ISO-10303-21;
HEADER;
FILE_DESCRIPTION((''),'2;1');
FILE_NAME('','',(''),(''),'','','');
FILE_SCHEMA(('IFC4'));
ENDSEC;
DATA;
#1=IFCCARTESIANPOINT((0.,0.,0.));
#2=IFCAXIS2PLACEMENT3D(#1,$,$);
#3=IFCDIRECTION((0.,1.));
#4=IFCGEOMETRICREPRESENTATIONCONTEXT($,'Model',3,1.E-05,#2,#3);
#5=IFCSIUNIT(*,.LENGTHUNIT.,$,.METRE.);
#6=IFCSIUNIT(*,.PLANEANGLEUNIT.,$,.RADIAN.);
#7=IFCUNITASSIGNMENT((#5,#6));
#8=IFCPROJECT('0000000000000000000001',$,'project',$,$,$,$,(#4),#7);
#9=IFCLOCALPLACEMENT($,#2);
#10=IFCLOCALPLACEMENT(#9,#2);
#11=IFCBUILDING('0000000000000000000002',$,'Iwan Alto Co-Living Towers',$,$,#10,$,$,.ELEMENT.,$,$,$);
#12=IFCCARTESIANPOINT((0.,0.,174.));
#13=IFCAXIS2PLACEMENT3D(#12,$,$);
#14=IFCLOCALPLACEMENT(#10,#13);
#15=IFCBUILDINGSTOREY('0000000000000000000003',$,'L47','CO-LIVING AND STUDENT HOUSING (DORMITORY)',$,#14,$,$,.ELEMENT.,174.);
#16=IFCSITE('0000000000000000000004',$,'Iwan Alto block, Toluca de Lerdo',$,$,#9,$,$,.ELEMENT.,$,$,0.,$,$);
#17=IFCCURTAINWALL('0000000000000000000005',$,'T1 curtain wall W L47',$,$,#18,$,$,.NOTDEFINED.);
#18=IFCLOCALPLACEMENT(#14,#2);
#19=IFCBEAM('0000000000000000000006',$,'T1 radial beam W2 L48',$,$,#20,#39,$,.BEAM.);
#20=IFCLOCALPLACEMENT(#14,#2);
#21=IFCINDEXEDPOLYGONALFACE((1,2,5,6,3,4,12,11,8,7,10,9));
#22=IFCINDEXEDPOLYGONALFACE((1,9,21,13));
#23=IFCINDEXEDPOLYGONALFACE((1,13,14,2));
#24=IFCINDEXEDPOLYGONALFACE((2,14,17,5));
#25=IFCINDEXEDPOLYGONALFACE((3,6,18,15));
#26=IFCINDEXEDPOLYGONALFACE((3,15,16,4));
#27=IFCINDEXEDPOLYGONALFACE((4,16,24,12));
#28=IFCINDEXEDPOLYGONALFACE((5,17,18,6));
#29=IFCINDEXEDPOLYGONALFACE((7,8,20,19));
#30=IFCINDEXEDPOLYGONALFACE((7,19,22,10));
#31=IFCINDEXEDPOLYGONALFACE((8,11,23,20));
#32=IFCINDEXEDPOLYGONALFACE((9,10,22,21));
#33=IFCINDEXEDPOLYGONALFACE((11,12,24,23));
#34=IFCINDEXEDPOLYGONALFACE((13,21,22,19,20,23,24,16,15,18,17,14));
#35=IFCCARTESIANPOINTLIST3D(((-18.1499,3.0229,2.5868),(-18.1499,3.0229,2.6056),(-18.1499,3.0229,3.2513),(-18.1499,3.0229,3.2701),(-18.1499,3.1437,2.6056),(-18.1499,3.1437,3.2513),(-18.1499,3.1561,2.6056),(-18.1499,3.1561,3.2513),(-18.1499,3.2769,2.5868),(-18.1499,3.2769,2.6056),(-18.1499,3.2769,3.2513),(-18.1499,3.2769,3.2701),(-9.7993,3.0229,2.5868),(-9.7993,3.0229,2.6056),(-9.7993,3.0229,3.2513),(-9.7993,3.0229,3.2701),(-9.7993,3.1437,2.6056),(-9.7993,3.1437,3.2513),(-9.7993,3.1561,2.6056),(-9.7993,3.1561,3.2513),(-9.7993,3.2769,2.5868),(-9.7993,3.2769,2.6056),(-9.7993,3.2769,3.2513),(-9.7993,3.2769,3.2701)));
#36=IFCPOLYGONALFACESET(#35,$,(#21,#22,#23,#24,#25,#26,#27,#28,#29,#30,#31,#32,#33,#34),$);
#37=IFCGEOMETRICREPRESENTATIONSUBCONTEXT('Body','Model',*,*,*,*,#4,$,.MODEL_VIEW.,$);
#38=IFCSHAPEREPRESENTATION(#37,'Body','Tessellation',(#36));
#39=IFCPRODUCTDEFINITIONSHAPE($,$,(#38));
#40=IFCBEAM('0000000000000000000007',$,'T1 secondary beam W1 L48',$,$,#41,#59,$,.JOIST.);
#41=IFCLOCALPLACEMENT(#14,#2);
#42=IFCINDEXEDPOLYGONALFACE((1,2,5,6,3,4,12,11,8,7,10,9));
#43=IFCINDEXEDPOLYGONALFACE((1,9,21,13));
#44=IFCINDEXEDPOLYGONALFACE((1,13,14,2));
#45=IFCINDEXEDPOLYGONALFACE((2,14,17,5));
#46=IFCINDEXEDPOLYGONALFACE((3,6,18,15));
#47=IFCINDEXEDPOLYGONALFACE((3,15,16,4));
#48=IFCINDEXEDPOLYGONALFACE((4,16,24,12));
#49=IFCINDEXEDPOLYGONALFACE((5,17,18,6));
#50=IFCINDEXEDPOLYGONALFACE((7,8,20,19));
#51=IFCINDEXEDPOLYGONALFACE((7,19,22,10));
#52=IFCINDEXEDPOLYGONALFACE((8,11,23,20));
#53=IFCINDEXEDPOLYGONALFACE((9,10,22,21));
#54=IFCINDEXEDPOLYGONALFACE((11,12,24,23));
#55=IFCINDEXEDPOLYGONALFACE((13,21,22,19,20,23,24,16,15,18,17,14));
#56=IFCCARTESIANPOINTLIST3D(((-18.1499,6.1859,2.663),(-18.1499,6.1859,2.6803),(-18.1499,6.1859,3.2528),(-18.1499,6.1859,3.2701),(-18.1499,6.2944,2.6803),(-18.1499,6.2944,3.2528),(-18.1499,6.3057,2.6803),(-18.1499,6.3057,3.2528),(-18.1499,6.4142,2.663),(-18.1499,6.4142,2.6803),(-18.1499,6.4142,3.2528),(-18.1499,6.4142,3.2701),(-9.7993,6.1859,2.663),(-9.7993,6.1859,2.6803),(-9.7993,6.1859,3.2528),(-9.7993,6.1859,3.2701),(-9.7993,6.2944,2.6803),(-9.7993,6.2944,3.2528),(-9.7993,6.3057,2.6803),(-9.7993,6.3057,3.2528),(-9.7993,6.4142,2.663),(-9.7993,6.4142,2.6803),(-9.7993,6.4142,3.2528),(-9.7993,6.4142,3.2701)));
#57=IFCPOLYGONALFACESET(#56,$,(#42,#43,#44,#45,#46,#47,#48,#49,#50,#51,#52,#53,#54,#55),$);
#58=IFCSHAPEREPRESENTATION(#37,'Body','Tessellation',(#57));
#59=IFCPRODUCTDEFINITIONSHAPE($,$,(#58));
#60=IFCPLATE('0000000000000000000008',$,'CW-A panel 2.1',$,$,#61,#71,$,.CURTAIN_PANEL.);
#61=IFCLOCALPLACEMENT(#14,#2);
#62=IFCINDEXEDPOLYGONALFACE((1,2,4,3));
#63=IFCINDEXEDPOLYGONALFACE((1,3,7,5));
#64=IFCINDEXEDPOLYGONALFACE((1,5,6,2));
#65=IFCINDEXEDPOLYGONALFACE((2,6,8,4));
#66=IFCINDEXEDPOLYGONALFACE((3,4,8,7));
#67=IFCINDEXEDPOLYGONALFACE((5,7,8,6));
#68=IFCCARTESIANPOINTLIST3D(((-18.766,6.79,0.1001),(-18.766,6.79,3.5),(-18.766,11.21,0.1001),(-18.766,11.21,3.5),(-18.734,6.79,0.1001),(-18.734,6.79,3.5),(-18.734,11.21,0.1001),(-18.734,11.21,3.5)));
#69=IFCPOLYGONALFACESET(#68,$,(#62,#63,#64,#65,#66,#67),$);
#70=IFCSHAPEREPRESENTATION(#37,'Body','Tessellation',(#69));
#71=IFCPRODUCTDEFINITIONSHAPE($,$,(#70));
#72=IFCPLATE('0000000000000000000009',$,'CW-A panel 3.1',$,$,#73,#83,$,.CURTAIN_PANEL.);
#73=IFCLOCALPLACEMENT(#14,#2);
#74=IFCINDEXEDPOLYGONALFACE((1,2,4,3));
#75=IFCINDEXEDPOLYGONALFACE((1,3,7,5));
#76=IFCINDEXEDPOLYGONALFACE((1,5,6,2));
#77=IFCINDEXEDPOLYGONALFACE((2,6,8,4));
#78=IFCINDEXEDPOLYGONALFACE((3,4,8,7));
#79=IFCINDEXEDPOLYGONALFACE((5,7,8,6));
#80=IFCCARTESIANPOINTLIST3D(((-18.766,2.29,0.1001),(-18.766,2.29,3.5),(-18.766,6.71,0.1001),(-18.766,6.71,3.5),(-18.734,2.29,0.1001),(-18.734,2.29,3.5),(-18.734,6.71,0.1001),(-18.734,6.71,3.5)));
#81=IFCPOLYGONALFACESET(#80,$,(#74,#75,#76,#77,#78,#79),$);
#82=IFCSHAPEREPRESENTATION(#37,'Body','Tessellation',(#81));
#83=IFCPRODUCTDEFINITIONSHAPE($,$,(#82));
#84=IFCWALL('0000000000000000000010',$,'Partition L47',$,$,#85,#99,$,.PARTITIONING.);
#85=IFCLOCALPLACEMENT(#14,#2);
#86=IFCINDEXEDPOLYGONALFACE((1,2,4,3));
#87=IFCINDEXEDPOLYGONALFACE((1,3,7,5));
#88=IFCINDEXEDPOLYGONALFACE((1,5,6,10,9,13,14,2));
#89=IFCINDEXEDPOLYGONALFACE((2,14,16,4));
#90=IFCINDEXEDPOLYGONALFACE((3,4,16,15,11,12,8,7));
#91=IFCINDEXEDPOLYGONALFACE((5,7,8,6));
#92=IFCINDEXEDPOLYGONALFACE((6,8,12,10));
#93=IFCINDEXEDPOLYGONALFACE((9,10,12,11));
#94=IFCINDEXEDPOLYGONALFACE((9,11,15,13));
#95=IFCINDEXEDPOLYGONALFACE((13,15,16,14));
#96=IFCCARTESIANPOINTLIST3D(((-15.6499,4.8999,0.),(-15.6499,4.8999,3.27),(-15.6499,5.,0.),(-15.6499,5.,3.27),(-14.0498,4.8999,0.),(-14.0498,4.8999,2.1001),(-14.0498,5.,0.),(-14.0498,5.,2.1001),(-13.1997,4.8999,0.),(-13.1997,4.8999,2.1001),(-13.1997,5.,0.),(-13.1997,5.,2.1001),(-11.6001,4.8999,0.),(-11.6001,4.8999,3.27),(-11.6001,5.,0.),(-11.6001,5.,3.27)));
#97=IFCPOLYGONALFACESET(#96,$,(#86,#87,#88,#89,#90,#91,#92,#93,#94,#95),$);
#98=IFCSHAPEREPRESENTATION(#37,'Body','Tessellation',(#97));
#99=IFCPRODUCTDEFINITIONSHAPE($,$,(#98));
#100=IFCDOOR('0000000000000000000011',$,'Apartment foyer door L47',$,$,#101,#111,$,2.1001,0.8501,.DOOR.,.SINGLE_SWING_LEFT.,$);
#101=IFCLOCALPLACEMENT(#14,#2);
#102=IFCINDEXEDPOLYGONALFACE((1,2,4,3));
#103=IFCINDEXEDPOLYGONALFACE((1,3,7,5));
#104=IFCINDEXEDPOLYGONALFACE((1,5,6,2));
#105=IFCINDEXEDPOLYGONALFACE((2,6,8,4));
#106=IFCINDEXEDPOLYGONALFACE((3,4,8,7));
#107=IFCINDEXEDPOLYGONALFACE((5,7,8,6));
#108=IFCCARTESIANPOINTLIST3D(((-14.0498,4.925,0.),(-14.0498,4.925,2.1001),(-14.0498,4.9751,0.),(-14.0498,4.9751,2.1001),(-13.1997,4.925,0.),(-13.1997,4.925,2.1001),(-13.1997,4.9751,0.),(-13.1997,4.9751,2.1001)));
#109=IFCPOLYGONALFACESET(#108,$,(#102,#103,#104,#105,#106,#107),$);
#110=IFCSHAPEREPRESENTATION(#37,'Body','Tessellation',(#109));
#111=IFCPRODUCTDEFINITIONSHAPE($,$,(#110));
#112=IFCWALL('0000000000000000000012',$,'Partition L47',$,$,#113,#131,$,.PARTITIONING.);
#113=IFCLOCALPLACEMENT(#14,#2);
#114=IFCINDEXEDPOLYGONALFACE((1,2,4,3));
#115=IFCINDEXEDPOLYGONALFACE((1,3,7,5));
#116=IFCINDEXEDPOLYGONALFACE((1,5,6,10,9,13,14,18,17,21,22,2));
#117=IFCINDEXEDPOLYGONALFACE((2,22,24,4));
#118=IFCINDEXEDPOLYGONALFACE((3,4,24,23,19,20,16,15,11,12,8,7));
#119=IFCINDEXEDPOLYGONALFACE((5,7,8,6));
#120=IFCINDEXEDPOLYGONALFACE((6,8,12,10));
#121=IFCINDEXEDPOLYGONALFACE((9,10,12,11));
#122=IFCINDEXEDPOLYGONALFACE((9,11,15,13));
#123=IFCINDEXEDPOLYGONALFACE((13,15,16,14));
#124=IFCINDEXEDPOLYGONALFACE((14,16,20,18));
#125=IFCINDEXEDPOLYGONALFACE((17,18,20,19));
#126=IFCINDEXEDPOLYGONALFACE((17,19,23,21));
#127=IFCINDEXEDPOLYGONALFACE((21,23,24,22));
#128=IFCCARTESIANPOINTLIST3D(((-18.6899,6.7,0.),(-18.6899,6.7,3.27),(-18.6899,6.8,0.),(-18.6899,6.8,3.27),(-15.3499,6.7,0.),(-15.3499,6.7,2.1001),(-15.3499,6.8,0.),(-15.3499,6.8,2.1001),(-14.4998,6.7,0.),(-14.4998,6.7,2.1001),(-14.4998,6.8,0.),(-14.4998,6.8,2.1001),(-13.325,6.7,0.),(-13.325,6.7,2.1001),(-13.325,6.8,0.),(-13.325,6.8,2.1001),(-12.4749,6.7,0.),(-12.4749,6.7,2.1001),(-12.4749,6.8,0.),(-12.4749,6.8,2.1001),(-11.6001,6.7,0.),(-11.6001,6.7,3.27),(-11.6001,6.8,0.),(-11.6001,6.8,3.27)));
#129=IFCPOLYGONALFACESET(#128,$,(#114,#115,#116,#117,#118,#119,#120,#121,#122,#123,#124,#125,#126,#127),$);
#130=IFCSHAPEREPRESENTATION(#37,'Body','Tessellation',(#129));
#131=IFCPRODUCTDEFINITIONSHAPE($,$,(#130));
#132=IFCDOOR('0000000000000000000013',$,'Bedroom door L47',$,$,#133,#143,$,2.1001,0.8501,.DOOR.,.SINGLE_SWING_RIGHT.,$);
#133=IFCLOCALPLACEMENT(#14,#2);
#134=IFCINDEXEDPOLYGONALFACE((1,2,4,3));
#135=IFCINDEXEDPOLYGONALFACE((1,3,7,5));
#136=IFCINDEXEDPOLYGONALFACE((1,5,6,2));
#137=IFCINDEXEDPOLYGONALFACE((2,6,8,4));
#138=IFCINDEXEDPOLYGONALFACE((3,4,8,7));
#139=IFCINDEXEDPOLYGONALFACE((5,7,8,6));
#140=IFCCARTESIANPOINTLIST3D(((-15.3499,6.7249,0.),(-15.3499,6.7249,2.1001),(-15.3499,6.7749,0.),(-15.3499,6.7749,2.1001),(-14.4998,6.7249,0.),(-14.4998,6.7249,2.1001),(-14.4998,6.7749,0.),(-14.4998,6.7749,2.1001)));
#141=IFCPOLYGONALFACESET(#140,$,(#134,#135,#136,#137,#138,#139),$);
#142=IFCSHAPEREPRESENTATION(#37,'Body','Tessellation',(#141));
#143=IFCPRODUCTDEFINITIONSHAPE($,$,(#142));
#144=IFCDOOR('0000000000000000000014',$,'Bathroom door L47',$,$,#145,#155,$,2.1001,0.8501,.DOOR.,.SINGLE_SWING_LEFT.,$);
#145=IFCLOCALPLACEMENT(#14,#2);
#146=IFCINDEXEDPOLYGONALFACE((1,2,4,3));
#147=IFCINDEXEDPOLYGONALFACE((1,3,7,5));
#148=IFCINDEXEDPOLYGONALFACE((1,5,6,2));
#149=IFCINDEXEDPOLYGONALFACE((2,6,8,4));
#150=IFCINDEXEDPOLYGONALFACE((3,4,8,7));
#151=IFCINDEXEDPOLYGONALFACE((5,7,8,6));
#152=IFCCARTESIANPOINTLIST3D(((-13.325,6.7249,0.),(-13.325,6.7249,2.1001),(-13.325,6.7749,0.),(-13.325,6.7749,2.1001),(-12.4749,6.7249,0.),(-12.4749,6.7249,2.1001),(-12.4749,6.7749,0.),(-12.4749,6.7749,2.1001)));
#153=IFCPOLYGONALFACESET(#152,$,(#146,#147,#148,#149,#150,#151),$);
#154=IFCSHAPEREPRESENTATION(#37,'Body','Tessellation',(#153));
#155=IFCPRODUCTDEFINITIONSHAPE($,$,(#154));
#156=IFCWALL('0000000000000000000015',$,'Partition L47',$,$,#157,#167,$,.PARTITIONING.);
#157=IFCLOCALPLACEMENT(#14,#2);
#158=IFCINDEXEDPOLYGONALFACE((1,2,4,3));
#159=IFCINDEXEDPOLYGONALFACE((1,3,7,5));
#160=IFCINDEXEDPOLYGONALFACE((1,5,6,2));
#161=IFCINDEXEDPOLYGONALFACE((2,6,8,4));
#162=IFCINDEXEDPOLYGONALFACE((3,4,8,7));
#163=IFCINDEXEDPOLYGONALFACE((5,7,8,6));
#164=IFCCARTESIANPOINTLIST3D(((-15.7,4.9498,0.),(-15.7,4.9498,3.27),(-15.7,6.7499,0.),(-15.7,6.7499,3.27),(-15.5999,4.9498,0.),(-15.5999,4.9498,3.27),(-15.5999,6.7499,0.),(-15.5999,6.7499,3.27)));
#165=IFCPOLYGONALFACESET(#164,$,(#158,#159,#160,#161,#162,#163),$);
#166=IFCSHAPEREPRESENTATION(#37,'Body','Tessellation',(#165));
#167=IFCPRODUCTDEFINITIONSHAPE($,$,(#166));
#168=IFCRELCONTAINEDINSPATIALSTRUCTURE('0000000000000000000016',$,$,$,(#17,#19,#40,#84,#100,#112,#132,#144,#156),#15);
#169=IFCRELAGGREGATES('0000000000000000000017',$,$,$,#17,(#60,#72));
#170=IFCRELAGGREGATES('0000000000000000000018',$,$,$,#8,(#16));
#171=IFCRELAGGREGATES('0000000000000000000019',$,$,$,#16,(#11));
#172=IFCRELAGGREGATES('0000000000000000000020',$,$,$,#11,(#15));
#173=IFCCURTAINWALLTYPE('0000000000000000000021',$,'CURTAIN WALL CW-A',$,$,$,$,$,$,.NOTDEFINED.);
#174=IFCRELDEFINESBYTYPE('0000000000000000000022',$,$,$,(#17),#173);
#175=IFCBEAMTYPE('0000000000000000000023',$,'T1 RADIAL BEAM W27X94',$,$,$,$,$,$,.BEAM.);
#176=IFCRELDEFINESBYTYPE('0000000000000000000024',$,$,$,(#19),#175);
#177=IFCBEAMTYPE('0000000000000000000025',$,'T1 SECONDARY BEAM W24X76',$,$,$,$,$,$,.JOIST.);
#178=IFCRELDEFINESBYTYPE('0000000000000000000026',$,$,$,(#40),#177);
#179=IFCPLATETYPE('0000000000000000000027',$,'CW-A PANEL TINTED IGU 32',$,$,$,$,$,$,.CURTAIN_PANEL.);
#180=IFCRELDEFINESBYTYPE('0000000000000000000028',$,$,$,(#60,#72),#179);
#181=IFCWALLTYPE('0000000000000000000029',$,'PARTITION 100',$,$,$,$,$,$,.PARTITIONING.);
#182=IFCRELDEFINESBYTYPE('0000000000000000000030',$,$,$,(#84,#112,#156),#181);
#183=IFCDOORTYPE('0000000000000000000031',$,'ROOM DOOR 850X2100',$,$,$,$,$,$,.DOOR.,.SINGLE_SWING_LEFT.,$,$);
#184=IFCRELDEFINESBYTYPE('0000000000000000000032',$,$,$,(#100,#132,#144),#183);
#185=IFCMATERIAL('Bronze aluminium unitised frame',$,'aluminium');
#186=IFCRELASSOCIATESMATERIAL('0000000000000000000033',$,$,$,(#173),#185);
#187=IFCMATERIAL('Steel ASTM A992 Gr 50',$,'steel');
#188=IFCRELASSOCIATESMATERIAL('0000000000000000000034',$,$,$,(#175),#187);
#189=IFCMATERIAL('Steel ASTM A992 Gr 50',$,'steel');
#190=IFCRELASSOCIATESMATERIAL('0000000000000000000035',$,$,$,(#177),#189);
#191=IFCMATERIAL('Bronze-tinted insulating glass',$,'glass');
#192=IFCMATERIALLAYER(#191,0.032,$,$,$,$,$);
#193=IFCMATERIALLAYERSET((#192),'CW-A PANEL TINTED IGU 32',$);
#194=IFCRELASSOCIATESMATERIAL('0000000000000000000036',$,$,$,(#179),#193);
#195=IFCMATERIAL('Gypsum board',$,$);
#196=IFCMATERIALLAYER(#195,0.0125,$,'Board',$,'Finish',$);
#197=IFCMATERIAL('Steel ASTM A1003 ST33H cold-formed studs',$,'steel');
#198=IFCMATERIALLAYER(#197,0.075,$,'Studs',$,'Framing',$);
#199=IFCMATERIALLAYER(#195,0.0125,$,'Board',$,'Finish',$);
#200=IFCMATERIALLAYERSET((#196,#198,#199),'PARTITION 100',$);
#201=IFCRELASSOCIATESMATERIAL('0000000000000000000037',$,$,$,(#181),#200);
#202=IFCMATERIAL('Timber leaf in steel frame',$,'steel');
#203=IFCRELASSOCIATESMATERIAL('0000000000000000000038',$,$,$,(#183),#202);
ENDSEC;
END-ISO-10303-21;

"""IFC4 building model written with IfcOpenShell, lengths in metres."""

from ifc_helpers import new_model, si_unit, direction, frame, frame_2d, origin, origin_2d, place, context, subcontext, project, spatial, rectangle, i_section, extrude, material, layer, layer_set, material_profile, profile_set, type_object, element, fill, aggregate, save


model = new_model("IFC4")

# Units and contexts
model_context = context("Model", 3, precision=1e-05, world=origin(), true_north=direction((0.0, 1.0)))
body_context = subcontext(model_context, "Body", "Model", "MODEL_VIEW")
ifc_project = project(units=[si_unit("LENGTHUNIT", "METRE"), si_unit("PLANEANGLEUNIT", "RADIAN")], contexts=[model_context])

# Site, building, storey
site_placement = place(None, origin())
site = spatial("IfcSite", under=ifc_project, at=site_placement, Name="Iwan Alto block, Toluca de Lerdo", CompositionType="ELEMENT", RefElevation=0.0)
building_placement = place(site_placement, origin())
building = spatial("IfcBuilding", under=site, at=building_placement, Name="Iwan Alto Co-Living Towers", CompositionType="ELEMENT")
storey_placement = place(building_placement, frame((0.0, 0.0, 174.0)))
storey = spatial("IfcBuildingStorey", under=building, at=storey_placement, Name="L47", Description="CO-LIVING AND STUDENT HOUSING (DORMITORY)", CompositionType="ELEMENT", Elevation=174.0)

# Curtain wall
ifc_material_1 = material(Name="Bronze aluminium unitised frame", Category="aluminium")
curtain_wall_type = type_object("IfcCurtainWallType", Name="CURTAIN WALL CW-A", PredefinedType="NOTDEFINED", material=ifc_material_1)
curtain_wall_placement = place(storey_placement, origin())
curtain_wall = element("IfcCurtainWall", 1, at=curtain_wall_placement, inside=storey, type_object=curtain_wall_type, Name="T1 curtain wall W L47", PredefinedType="NOTDEFINED")

# Beams
ifc_material_2 = material(Name="Steel ASTM A992 Gr 50", Category="steel")
ifc_material_profile_1 = material_profile(ifc_material_2, i_section(OverallWidth=0.2539, OverallDepth=0.6833, WebThickness=0.0125, FlangeThickness=0.0188, at=origin_2d()), Name="W27X94")
ifc_profile_set_1 = profile_set([ifc_material_profile_1], Name="Steel ASTM A992 Gr 50")
beam_type_1 = type_object("IfcBeamType", Name="T1 RADIAL BEAM W27X94", PredefinedType="BEAM", material=ifc_profile_set_1)
for number, where, z_axis, x_axis, name in (
    (2, (-18.1499, 3.1499, 2.9285), (1.0, 0.0, 0.0), (0.0, 1.0, 0.0), "T1 radial beam W2 L48"),
):
    element("IfcBeam", number, at=place(storey_placement, frame(where, z_axis=z_axis, x_axis=x_axis)), inside=storey, type_object=beam_type_1, Name=name, PredefinedType="BEAM", context=body_context, shape_type="SweptSolid", body=[
        extrude(i_section(OverallWidth=0.2539, OverallDepth=0.6833, WebThickness=0.0125, FlangeThickness=0.0188, at=origin_2d()), origin(), (0.0, 0.0, 1.0), 8.3506),
    ])
ifc_material_3 = material(Name="Steel ASTM A992 Gr 50", Category="steel")
ifc_material_profile_2 = material_profile(ifc_material_3, i_section(OverallWidth=0.2283, OverallDepth=0.6072, WebThickness=0.0112, FlangeThickness=0.0173, at=origin_2d()), Name="W24X76")
ifc_profile_set_2 = profile_set([ifc_material_profile_2], Name="Steel ASTM A992 Gr 50")
beam_type_2 = type_object("IfcBeamType", Name="T1 SECONDARY BEAM W24X76", PredefinedType="JOIST", material=ifc_profile_set_2)
beam_1_placement = place(storey_placement, frame((-18.1499, 6.3, 2.9666), z_axis=(1.0, 0.0, 0.0), x_axis=(0.0, 1.0, 0.0)))
element("IfcBeam", 3, at=beam_1_placement, inside=storey, type_object=beam_type_2, Name="T1 secondary beam W1 L48", PredefinedType="JOIST", context=body_context, shape_type="SweptSolid", body=[
    extrude(i_section(OverallWidth=0.2283, OverallDepth=0.6072, WebThickness=0.0112, FlangeThickness=0.0173, at=origin_2d()), origin(), (0.0, 0.0, 1.0), 8.3506),
])

# Plates
ifc_material_4 = material(Name="Bronze-tinted insulating glass", Category="glass")
ifc_layer_1 = layer(ifc_material_4, 0.032)
ifc_layer_set_1 = layer_set([ifc_layer_1], Name="CW-A PANEL TINTED IGU 32")
plate_type = type_object("IfcPlateType", Name="CW-A PANEL TINTED IGU 32", PredefinedType="CURTAIN_PANEL", material=ifc_layer_set_1)
plate_1_placement = place(storey_placement, frame((-18.75, 9.0, 0.1001), z_axis=(0.0, 0.0, 1.0), x_axis=(0.0, -1.0, 0.0)))
plate_1 = element("IfcPlate", 4, at=plate_1_placement, type_object=plate_type, Name="CW-A panel 2.1", PredefinedType="CURTAIN_PANEL", context=body_context, shape_type="SweptSolid", body=[
    extrude(rectangle(XDim=4.4199, YDim=0.032, at=origin_2d()), origin(), (0.0, 0.0, 1.0), 3.3999),
])
plate_2_placement = place(storey_placement, frame((-18.75, 4.5, 0.1001), z_axis=(0.0, 0.0, 1.0), x_axis=(0.0, -1.0, 0.0)))
plate_2 = element("IfcPlate", 5, at=plate_2_placement, type_object=plate_type, Name="CW-A panel 3.1", PredefinedType="CURTAIN_PANEL", context=body_context, shape_type="SweptSolid", body=[
    extrude(rectangle(XDim=4.4199, YDim=0.032, at=origin_2d()), origin(), (0.0, 0.0, 1.0), 3.3999),
])
aggregate(curtain_wall, [plate_1, plate_2])

# Wall, opening, door
ifc_material_5 = material(Name="Gypsum board")
ifc_layer_2 = layer(ifc_material_5, 0.0125, Name="Board", Category="Finish")
ifc_material_6 = material(Name="Steel ASTM A1003 ST33H cold-formed studs", Category="steel")
ifc_layer_3 = layer(ifc_material_6, 0.075, Name="Studs", Category="Framing")
ifc_layer_4 = layer(ifc_material_5, 0.0125, Name="Board", Category="Finish")
ifc_layer_set_2 = layer_set([ifc_layer_2, ifc_layer_3, ifc_layer_4], Name="PARTITION 100")
wall_type = type_object("IfcWallType", Name="PARTITION 100", PredefinedType="PARTITIONING", material=ifc_layer_set_2)
wall_1_placement = place(storey_placement, frame((-15.6499, 4.95, 0.0), z_axis=(0.0, 0.0, 1.0), x_axis=(1.0, 0.0, 0.0)))
wall_1 = element("IfcWall", 6, at=wall_1_placement, inside=storey, type_object=wall_type, Name="Partition L47", PredefinedType="PARTITIONING", context=body_context, shape_type="SweptSolid", body=[
    extrude(rectangle(XDim=4.0498, YDim=0.1001, at=frame_2d((2.0249, 0.0))), origin(), (0.0, 0.0, 1.0), 3.27),
])
opening_1_placement = place(wall_1_placement, frame((1.6001, 0.0, 0.0)))
opening_1 = element("IfcOpeningElement", 7, at=opening_1_placement, cuts=wall_1, PredefinedType="OPENING", context=body_context, shape_type="SweptSolid", body=[
    extrude(rectangle(XDim=0.8501, YDim=2.1001, at=frame_2d((0.425, 1.05))), frame((0.0, 0.0601, 0.0), z_axis=(0.0, -1.0, 0.0), x_axis=(1.0, 0.0, 0.0)), (0.0, 0.0, 1.0), 0.1201),
])
ifc_material_7 = material(Name="Timber leaf in steel frame", Category="steel")
door_type = type_object("IfcDoorType", Name="ROOM DOOR 850X2100", OperationType="SINGLE_SWING_LEFT", PredefinedType="DOOR", material=ifc_material_7)
door_1_placement = place(opening_1_placement, frame((0.8501, 0.0, 0.0), z_axis=(0.0, 0.0, 1.0), x_axis=(-1.0, 0.0, 0.0)))
door_1 = element("IfcDoor", 8, at=door_1_placement, inside=storey, type_object=door_type, Name="Apartment foyer door L47", OperationType="SINGLE_SWING_LEFT", OverallHeight=2.1001, OverallWidth=0.8501, PredefinedType="DOOR", context=body_context, shape_type="SweptSolid", body=[
    extrude(rectangle(XDim=0.8501, YDim=2.1001, at=frame_2d((0.425, 1.05))), frame((0.0, 0.0249, 0.0), z_axis=(0.0, -1.0, 0.0), x_axis=(1.0, 0.0, 0.0)), (0.0, 0.0, 1.0), 0.05),
])
fill(opening_1, door_1)

# Wall, openings, doors
wall_2_placement = place(storey_placement, frame((-18.6899, 6.75, 0.0), z_axis=(0.0, 0.0, 1.0), x_axis=(1.0, 0.0, 0.0)))
wall_2 = element("IfcWall", 9, at=wall_2_placement, inside=storey, type_object=wall_type, Name="Partition L47", PredefinedType="PARTITIONING", context=body_context, shape_type="SweptSolid", body=[
    extrude(rectangle(XDim=7.0898, YDim=0.1001, at=frame_2d((3.5449, 0.0))), origin(), (0.0, 0.0, 1.0), 3.27),
])
opening_2_placement = place(wall_2_placement, frame((3.3401, 0.0, 0.0)))
opening_2 = element("IfcOpeningElement", 10, at=opening_2_placement, cuts=wall_2, PredefinedType="OPENING", context=body_context, shape_type="SweptSolid", body=[
    extrude(rectangle(XDim=0.8501, YDim=2.1001, at=frame_2d((0.425, 1.05))), frame((0.0, 0.0601, 0.0), z_axis=(0.0, -1.0, 0.0), x_axis=(1.0, 0.0, 0.0)), (0.0, 0.0, 1.0), 0.1201),
])
opening_3_placement = place(wall_2_placement, frame((5.365, 0.0, 0.0)))
opening_3 = element("IfcOpeningElement", 11, at=opening_3_placement, cuts=wall_2, PredefinedType="OPENING", context=body_context, shape_type="SweptSolid", body=[
    extrude(rectangle(XDim=0.8501, YDim=2.1001, at=frame_2d((0.425, 1.05))), frame((0.0, 0.0601, 0.0), z_axis=(0.0, -1.0, 0.0), x_axis=(1.0, 0.0, 0.0)), (0.0, 0.0, 1.0), 0.1201),
])
door_2_placement = place(opening_2_placement, origin())
door_2 = element("IfcDoor", 12, at=door_2_placement, inside=storey, type_object=door_type, Name="Bedroom door L47", OperationType="SINGLE_SWING_RIGHT", OverallHeight=2.1001, OverallWidth=0.8501, PredefinedType="DOOR", context=body_context, shape_type="SweptSolid", body=[
    extrude(rectangle(XDim=0.8501, YDim=2.1001, at=frame_2d((0.425, 1.05))), frame((0.0, 0.0249, 0.0), z_axis=(0.0, -1.0, 0.0), x_axis=(1.0, 0.0, 0.0)), (0.0, 0.0, 1.0), 0.05),
])
fill(opening_2, door_2)
door_3_placement = place(opening_3_placement, origin())
door_3 = element("IfcDoor", 13, at=door_3_placement, inside=storey, type_object=door_type, Name="Bathroom door L47", OperationType="SINGLE_SWING_LEFT", OverallHeight=2.1001, OverallWidth=0.8501, PredefinedType="DOOR", context=body_context, shape_type="SweptSolid", body=[
    extrude(rectangle(XDim=0.8501, YDim=2.1001, at=frame_2d((0.425, 1.05))), frame((0.0, 0.0249, 0.0), z_axis=(0.0, -1.0, 0.0), x_axis=(1.0, 0.0, 0.0)), (0.0, 0.0, 1.0), 0.05),
])
fill(opening_3, door_3)

# Wall
wall_3_placement = place(storey_placement, frame((-15.6499, 4.95, 0.0), z_axis=(0.0, 0.0, 1.0), x_axis=(0.0, 1.0, 0.0)))
element("IfcWall", 14, at=wall_3_placement, inside=storey, type_object=wall_type, Name="Partition L47", PredefinedType="PARTITIONING", context=body_context, shape_type="SweptSolid", body=[
    extrude(rectangle(XDim=1.8, YDim=0.1001, at=frame_2d((0.8999, 0.0))), origin(), (0.0, 0.0, 1.0), 3.27),
])

save(model, "model.ifc")
